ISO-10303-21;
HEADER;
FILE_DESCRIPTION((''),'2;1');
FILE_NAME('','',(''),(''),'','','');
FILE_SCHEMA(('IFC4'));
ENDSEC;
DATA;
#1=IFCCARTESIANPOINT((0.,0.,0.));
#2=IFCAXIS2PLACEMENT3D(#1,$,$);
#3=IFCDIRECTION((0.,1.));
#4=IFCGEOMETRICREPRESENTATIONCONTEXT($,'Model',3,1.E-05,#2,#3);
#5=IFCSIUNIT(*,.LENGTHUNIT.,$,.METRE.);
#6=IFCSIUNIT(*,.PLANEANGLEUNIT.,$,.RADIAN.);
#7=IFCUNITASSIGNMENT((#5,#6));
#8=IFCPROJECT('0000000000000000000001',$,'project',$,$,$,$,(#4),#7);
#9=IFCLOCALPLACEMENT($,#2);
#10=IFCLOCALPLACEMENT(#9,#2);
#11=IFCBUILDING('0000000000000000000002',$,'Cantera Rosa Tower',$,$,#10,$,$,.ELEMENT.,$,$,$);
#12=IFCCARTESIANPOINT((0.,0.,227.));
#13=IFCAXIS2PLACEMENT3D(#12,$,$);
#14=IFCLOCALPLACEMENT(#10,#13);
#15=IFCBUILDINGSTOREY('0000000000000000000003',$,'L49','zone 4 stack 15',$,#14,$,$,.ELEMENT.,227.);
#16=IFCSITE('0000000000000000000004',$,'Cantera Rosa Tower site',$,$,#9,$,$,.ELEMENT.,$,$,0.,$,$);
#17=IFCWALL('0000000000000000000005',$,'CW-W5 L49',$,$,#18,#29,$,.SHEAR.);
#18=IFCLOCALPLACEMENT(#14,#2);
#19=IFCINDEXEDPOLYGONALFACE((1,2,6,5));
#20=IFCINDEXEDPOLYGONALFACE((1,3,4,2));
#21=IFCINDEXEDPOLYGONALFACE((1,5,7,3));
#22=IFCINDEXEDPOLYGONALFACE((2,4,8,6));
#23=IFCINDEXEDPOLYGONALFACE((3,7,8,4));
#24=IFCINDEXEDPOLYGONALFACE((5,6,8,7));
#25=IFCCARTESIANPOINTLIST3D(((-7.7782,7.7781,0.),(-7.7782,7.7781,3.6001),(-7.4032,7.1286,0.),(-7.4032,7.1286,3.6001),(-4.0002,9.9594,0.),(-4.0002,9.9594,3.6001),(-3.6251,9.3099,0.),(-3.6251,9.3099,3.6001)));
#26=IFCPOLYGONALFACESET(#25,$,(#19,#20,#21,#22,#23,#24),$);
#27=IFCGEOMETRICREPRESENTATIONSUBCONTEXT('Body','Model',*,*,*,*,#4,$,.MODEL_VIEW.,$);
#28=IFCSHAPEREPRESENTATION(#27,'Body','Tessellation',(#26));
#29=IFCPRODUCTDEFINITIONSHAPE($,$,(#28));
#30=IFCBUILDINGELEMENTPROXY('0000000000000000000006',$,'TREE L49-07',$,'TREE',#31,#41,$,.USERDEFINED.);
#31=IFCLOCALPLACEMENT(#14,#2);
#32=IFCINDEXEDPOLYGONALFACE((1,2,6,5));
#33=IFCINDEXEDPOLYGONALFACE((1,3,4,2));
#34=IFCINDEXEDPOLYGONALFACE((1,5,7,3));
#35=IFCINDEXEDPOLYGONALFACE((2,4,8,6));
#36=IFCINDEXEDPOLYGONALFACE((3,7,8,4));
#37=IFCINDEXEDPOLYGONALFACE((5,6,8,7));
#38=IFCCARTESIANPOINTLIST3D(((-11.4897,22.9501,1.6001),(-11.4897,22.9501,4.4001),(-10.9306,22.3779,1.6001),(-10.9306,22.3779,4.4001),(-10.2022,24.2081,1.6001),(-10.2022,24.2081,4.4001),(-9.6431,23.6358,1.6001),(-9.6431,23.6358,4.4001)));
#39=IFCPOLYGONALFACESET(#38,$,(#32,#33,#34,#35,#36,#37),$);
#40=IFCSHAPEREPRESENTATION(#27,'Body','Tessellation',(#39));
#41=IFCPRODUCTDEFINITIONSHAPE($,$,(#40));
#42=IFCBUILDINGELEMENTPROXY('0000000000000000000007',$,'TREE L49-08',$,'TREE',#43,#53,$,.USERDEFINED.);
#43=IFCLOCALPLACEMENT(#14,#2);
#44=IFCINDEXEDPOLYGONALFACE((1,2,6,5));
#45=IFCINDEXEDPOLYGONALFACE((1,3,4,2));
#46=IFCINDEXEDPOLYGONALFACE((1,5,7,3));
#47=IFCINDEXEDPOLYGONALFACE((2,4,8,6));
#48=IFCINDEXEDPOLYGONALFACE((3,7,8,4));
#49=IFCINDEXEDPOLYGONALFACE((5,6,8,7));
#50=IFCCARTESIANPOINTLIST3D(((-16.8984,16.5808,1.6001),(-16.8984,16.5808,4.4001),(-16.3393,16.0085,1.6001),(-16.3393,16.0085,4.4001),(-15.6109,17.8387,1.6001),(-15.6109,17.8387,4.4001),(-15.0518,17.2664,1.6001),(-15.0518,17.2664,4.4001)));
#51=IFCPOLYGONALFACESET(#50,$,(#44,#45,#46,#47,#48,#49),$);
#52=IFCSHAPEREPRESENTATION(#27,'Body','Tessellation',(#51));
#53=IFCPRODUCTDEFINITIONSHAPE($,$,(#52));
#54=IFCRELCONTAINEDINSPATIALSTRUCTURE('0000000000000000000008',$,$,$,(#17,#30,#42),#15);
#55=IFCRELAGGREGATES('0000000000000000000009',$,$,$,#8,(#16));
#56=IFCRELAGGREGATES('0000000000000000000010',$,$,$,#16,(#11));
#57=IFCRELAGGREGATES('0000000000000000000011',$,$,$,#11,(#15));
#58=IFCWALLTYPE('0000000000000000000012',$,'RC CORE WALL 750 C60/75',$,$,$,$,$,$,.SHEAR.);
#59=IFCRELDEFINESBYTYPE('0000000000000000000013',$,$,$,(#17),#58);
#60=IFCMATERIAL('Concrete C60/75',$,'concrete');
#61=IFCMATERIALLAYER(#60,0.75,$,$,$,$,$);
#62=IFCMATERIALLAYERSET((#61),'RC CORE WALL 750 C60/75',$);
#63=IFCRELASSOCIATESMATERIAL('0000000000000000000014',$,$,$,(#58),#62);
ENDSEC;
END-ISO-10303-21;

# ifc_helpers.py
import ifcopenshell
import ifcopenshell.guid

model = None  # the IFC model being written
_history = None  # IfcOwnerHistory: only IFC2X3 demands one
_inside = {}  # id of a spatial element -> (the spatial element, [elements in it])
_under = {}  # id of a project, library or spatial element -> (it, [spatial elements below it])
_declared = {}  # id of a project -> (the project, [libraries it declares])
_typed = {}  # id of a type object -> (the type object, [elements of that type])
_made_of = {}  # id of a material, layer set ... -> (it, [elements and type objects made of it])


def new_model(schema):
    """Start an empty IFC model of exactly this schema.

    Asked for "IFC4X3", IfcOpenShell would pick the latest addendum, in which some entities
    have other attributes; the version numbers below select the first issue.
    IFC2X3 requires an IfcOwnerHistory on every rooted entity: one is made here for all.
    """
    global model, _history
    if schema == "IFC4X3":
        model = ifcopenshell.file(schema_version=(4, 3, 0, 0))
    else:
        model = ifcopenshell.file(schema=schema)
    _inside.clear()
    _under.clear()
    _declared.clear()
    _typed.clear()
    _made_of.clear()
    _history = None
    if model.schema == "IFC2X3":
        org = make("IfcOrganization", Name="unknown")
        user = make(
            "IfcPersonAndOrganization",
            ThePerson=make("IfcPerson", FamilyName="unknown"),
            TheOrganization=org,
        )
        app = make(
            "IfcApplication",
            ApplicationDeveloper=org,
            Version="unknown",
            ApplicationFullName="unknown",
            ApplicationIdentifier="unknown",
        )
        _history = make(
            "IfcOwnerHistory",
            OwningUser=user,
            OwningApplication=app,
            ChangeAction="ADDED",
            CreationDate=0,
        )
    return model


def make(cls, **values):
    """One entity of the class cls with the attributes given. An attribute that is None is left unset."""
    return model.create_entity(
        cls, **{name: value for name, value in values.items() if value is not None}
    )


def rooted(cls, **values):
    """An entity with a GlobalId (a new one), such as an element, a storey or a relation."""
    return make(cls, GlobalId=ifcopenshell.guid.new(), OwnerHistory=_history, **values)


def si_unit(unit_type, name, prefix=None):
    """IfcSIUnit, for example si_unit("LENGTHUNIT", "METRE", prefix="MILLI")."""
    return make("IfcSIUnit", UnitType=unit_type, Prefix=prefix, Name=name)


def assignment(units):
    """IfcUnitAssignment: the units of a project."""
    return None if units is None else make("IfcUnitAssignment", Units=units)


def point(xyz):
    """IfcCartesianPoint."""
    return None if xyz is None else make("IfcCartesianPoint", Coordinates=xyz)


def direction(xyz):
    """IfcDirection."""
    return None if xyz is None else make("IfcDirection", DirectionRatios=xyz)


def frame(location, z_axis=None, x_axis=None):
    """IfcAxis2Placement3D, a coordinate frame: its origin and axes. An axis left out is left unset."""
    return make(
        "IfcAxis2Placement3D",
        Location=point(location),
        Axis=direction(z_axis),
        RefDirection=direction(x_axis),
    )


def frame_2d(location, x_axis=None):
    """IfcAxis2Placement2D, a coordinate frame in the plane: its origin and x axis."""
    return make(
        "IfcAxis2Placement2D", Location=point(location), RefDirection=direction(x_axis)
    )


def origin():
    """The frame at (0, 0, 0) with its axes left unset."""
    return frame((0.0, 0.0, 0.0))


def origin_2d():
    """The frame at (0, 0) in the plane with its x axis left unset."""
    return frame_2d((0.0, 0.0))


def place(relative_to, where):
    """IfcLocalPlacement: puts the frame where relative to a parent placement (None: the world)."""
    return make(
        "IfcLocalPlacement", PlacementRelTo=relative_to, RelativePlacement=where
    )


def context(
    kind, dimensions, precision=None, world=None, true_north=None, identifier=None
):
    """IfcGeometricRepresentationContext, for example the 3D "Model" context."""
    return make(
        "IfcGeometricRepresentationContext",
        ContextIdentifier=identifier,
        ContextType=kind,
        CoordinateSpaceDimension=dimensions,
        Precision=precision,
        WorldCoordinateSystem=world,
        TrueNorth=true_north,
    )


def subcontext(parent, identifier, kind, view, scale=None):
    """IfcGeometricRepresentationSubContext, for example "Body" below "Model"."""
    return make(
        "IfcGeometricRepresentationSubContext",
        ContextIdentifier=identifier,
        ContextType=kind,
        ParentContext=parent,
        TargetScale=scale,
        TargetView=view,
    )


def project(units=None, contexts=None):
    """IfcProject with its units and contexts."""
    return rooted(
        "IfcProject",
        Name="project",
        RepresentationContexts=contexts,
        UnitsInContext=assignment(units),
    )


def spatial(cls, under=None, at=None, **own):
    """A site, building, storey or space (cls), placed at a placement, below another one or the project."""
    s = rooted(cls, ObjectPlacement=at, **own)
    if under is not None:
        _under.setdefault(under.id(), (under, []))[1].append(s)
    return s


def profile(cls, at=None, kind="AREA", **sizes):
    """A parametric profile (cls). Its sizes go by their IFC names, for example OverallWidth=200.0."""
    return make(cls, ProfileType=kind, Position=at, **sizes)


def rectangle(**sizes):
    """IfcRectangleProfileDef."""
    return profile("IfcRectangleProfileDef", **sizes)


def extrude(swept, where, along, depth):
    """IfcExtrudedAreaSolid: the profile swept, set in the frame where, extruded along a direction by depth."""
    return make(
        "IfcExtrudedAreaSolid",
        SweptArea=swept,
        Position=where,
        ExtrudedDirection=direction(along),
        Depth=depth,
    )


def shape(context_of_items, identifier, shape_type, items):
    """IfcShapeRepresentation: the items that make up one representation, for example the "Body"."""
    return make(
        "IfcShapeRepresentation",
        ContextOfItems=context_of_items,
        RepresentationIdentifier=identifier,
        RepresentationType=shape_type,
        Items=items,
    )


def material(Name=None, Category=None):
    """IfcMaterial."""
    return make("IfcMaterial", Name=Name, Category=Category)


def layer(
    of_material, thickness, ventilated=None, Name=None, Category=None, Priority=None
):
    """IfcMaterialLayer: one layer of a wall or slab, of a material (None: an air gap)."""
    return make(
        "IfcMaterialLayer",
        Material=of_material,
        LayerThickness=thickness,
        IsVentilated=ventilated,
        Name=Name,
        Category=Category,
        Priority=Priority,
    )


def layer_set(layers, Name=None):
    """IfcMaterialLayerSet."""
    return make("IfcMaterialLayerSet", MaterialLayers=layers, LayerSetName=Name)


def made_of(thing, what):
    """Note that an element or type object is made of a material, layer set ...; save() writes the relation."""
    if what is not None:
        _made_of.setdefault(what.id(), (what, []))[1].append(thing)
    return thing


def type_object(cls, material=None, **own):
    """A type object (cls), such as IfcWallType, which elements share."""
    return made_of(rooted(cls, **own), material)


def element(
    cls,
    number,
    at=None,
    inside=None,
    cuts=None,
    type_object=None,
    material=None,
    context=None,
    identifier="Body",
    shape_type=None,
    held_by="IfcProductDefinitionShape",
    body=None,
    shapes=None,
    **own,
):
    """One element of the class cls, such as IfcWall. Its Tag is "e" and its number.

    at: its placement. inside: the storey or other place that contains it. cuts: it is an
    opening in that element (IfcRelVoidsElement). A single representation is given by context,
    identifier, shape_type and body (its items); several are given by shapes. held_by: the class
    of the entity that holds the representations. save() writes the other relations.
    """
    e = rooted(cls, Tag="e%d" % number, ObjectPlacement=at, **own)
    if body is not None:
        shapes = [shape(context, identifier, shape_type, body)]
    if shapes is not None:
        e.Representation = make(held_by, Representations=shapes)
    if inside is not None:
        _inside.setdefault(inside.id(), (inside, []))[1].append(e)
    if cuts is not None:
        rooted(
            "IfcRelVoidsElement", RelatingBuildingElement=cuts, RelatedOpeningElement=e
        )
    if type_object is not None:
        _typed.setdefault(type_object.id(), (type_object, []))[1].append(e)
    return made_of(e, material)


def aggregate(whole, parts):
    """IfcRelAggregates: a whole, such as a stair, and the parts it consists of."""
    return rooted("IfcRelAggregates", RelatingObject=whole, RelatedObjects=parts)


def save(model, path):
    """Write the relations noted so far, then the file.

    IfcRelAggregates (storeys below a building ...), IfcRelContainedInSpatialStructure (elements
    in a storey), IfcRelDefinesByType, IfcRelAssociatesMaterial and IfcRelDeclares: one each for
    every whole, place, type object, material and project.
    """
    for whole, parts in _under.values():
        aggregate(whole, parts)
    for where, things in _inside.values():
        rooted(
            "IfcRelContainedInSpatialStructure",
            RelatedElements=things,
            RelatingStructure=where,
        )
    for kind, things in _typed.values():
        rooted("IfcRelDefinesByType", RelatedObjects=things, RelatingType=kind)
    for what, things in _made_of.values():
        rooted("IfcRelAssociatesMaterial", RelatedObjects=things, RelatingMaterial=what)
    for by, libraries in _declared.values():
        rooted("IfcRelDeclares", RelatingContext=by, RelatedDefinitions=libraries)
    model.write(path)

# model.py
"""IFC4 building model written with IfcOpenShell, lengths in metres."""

from ifc_helpers import new_model, si_unit, direction, frame, frame_2d, origin, origin_2d, place, context, subcontext, project, spatial, rectangle, extrude, material, layer, layer_set, type_object, element, save


model = new_model("IFC4")

# Units and contexts
model_context = context("Model", 3, precision=1e-05, world=origin(), true_north=direction((0.0, 1.0)))
body_context = subcontext(model_context, "Body", "Model", "MODEL_VIEW")
ifc_project = project(units=[si_unit("LENGTHUNIT", "METRE"), si_unit("PLANEANGLEUNIT", "RADIAN")], contexts=[model_context])

# Site, building, storey
site_placement = place(None, origin())
site = spatial("IfcSite", under=ifc_project, at=site_placement, Name="Cantera Rosa Tower site", CompositionType="ELEMENT", RefElevation=0.0)
building_placement = place(site_placement, origin())
building = spatial("IfcBuilding", under=site, at=building_placement, Name="Cantera Rosa Tower", CompositionType="ELEMENT")
storey_placement = place(building_placement, frame((0.0, 0.0, 227.0)))
storey = spatial("IfcBuildingStorey", under=building, at=storey_placement, Name="L49", Description="zone 4 stack 15", CompositionType="ELEMENT", Elevation=227.0)

# Wall
ifc_material_1 = material(Name="Concrete C60/75", Category="concrete")
ifc_layer_1 = layer(ifc_material_1, 0.75)
ifc_layer_set_1 = layer_set([ifc_layer_1], Name="RC CORE WALL 750 C60/75")
wall_type_1 = type_object("IfcWallType", Name="RC CORE WALL 750 C60/75", PredefinedType="SHEAR", material=ifc_layer_set_1)
wall_1_placement = place(storey_placement, frame((-7.5906, 7.4534, 0.0), z_axis=(0.0, 0.0, 1.0), x_axis=(0.866013, 0.500021, 0.0)))
element("IfcWall", 1, at=wall_1_placement, inside=storey, type_object=wall_type_1, Name="CW-W5 L49", PredefinedType="SHEAR", context=body_context, shape_type="SweptSolid", body=[
    extrude(rectangle(XDim=4.3625, YDim=0.75, at=frame_2d((2.1812, 0.0))), origin(), (0.0, 0.0, 1.0), 3.6001),
])

# Building element proxies
for number, where, z_axis, x_axis, name in (
    (2, (-10.5664, 23.293, 1.6001), (0.0, 0.0, 1.0), (-0.715286, -0.698832, 0.0), "TREE L49-07"),
    (3, (-15.9751, 16.9236, 1.6001), (0.0, 0.0, 1.0), (-0.715286, -0.698832, 0.0), "TREE L49-08"),
):
    element("IfcBuildingElementProxy", number, at=place(storey_placement, frame(where, z_axis=z_axis, x_axis=x_axis)), inside=storey, Name=name, ObjectType="TREE", PredefinedType="USERDEFINED", context=body_context, shape_type="SweptSolid", body=[
        extrude(rectangle(XDim=1.8, YDim=0.8, at=origin_2d()), origin(), (0.0, 0.0, 1.0), 2.8),
    ])

save(model, "model.ifc")
